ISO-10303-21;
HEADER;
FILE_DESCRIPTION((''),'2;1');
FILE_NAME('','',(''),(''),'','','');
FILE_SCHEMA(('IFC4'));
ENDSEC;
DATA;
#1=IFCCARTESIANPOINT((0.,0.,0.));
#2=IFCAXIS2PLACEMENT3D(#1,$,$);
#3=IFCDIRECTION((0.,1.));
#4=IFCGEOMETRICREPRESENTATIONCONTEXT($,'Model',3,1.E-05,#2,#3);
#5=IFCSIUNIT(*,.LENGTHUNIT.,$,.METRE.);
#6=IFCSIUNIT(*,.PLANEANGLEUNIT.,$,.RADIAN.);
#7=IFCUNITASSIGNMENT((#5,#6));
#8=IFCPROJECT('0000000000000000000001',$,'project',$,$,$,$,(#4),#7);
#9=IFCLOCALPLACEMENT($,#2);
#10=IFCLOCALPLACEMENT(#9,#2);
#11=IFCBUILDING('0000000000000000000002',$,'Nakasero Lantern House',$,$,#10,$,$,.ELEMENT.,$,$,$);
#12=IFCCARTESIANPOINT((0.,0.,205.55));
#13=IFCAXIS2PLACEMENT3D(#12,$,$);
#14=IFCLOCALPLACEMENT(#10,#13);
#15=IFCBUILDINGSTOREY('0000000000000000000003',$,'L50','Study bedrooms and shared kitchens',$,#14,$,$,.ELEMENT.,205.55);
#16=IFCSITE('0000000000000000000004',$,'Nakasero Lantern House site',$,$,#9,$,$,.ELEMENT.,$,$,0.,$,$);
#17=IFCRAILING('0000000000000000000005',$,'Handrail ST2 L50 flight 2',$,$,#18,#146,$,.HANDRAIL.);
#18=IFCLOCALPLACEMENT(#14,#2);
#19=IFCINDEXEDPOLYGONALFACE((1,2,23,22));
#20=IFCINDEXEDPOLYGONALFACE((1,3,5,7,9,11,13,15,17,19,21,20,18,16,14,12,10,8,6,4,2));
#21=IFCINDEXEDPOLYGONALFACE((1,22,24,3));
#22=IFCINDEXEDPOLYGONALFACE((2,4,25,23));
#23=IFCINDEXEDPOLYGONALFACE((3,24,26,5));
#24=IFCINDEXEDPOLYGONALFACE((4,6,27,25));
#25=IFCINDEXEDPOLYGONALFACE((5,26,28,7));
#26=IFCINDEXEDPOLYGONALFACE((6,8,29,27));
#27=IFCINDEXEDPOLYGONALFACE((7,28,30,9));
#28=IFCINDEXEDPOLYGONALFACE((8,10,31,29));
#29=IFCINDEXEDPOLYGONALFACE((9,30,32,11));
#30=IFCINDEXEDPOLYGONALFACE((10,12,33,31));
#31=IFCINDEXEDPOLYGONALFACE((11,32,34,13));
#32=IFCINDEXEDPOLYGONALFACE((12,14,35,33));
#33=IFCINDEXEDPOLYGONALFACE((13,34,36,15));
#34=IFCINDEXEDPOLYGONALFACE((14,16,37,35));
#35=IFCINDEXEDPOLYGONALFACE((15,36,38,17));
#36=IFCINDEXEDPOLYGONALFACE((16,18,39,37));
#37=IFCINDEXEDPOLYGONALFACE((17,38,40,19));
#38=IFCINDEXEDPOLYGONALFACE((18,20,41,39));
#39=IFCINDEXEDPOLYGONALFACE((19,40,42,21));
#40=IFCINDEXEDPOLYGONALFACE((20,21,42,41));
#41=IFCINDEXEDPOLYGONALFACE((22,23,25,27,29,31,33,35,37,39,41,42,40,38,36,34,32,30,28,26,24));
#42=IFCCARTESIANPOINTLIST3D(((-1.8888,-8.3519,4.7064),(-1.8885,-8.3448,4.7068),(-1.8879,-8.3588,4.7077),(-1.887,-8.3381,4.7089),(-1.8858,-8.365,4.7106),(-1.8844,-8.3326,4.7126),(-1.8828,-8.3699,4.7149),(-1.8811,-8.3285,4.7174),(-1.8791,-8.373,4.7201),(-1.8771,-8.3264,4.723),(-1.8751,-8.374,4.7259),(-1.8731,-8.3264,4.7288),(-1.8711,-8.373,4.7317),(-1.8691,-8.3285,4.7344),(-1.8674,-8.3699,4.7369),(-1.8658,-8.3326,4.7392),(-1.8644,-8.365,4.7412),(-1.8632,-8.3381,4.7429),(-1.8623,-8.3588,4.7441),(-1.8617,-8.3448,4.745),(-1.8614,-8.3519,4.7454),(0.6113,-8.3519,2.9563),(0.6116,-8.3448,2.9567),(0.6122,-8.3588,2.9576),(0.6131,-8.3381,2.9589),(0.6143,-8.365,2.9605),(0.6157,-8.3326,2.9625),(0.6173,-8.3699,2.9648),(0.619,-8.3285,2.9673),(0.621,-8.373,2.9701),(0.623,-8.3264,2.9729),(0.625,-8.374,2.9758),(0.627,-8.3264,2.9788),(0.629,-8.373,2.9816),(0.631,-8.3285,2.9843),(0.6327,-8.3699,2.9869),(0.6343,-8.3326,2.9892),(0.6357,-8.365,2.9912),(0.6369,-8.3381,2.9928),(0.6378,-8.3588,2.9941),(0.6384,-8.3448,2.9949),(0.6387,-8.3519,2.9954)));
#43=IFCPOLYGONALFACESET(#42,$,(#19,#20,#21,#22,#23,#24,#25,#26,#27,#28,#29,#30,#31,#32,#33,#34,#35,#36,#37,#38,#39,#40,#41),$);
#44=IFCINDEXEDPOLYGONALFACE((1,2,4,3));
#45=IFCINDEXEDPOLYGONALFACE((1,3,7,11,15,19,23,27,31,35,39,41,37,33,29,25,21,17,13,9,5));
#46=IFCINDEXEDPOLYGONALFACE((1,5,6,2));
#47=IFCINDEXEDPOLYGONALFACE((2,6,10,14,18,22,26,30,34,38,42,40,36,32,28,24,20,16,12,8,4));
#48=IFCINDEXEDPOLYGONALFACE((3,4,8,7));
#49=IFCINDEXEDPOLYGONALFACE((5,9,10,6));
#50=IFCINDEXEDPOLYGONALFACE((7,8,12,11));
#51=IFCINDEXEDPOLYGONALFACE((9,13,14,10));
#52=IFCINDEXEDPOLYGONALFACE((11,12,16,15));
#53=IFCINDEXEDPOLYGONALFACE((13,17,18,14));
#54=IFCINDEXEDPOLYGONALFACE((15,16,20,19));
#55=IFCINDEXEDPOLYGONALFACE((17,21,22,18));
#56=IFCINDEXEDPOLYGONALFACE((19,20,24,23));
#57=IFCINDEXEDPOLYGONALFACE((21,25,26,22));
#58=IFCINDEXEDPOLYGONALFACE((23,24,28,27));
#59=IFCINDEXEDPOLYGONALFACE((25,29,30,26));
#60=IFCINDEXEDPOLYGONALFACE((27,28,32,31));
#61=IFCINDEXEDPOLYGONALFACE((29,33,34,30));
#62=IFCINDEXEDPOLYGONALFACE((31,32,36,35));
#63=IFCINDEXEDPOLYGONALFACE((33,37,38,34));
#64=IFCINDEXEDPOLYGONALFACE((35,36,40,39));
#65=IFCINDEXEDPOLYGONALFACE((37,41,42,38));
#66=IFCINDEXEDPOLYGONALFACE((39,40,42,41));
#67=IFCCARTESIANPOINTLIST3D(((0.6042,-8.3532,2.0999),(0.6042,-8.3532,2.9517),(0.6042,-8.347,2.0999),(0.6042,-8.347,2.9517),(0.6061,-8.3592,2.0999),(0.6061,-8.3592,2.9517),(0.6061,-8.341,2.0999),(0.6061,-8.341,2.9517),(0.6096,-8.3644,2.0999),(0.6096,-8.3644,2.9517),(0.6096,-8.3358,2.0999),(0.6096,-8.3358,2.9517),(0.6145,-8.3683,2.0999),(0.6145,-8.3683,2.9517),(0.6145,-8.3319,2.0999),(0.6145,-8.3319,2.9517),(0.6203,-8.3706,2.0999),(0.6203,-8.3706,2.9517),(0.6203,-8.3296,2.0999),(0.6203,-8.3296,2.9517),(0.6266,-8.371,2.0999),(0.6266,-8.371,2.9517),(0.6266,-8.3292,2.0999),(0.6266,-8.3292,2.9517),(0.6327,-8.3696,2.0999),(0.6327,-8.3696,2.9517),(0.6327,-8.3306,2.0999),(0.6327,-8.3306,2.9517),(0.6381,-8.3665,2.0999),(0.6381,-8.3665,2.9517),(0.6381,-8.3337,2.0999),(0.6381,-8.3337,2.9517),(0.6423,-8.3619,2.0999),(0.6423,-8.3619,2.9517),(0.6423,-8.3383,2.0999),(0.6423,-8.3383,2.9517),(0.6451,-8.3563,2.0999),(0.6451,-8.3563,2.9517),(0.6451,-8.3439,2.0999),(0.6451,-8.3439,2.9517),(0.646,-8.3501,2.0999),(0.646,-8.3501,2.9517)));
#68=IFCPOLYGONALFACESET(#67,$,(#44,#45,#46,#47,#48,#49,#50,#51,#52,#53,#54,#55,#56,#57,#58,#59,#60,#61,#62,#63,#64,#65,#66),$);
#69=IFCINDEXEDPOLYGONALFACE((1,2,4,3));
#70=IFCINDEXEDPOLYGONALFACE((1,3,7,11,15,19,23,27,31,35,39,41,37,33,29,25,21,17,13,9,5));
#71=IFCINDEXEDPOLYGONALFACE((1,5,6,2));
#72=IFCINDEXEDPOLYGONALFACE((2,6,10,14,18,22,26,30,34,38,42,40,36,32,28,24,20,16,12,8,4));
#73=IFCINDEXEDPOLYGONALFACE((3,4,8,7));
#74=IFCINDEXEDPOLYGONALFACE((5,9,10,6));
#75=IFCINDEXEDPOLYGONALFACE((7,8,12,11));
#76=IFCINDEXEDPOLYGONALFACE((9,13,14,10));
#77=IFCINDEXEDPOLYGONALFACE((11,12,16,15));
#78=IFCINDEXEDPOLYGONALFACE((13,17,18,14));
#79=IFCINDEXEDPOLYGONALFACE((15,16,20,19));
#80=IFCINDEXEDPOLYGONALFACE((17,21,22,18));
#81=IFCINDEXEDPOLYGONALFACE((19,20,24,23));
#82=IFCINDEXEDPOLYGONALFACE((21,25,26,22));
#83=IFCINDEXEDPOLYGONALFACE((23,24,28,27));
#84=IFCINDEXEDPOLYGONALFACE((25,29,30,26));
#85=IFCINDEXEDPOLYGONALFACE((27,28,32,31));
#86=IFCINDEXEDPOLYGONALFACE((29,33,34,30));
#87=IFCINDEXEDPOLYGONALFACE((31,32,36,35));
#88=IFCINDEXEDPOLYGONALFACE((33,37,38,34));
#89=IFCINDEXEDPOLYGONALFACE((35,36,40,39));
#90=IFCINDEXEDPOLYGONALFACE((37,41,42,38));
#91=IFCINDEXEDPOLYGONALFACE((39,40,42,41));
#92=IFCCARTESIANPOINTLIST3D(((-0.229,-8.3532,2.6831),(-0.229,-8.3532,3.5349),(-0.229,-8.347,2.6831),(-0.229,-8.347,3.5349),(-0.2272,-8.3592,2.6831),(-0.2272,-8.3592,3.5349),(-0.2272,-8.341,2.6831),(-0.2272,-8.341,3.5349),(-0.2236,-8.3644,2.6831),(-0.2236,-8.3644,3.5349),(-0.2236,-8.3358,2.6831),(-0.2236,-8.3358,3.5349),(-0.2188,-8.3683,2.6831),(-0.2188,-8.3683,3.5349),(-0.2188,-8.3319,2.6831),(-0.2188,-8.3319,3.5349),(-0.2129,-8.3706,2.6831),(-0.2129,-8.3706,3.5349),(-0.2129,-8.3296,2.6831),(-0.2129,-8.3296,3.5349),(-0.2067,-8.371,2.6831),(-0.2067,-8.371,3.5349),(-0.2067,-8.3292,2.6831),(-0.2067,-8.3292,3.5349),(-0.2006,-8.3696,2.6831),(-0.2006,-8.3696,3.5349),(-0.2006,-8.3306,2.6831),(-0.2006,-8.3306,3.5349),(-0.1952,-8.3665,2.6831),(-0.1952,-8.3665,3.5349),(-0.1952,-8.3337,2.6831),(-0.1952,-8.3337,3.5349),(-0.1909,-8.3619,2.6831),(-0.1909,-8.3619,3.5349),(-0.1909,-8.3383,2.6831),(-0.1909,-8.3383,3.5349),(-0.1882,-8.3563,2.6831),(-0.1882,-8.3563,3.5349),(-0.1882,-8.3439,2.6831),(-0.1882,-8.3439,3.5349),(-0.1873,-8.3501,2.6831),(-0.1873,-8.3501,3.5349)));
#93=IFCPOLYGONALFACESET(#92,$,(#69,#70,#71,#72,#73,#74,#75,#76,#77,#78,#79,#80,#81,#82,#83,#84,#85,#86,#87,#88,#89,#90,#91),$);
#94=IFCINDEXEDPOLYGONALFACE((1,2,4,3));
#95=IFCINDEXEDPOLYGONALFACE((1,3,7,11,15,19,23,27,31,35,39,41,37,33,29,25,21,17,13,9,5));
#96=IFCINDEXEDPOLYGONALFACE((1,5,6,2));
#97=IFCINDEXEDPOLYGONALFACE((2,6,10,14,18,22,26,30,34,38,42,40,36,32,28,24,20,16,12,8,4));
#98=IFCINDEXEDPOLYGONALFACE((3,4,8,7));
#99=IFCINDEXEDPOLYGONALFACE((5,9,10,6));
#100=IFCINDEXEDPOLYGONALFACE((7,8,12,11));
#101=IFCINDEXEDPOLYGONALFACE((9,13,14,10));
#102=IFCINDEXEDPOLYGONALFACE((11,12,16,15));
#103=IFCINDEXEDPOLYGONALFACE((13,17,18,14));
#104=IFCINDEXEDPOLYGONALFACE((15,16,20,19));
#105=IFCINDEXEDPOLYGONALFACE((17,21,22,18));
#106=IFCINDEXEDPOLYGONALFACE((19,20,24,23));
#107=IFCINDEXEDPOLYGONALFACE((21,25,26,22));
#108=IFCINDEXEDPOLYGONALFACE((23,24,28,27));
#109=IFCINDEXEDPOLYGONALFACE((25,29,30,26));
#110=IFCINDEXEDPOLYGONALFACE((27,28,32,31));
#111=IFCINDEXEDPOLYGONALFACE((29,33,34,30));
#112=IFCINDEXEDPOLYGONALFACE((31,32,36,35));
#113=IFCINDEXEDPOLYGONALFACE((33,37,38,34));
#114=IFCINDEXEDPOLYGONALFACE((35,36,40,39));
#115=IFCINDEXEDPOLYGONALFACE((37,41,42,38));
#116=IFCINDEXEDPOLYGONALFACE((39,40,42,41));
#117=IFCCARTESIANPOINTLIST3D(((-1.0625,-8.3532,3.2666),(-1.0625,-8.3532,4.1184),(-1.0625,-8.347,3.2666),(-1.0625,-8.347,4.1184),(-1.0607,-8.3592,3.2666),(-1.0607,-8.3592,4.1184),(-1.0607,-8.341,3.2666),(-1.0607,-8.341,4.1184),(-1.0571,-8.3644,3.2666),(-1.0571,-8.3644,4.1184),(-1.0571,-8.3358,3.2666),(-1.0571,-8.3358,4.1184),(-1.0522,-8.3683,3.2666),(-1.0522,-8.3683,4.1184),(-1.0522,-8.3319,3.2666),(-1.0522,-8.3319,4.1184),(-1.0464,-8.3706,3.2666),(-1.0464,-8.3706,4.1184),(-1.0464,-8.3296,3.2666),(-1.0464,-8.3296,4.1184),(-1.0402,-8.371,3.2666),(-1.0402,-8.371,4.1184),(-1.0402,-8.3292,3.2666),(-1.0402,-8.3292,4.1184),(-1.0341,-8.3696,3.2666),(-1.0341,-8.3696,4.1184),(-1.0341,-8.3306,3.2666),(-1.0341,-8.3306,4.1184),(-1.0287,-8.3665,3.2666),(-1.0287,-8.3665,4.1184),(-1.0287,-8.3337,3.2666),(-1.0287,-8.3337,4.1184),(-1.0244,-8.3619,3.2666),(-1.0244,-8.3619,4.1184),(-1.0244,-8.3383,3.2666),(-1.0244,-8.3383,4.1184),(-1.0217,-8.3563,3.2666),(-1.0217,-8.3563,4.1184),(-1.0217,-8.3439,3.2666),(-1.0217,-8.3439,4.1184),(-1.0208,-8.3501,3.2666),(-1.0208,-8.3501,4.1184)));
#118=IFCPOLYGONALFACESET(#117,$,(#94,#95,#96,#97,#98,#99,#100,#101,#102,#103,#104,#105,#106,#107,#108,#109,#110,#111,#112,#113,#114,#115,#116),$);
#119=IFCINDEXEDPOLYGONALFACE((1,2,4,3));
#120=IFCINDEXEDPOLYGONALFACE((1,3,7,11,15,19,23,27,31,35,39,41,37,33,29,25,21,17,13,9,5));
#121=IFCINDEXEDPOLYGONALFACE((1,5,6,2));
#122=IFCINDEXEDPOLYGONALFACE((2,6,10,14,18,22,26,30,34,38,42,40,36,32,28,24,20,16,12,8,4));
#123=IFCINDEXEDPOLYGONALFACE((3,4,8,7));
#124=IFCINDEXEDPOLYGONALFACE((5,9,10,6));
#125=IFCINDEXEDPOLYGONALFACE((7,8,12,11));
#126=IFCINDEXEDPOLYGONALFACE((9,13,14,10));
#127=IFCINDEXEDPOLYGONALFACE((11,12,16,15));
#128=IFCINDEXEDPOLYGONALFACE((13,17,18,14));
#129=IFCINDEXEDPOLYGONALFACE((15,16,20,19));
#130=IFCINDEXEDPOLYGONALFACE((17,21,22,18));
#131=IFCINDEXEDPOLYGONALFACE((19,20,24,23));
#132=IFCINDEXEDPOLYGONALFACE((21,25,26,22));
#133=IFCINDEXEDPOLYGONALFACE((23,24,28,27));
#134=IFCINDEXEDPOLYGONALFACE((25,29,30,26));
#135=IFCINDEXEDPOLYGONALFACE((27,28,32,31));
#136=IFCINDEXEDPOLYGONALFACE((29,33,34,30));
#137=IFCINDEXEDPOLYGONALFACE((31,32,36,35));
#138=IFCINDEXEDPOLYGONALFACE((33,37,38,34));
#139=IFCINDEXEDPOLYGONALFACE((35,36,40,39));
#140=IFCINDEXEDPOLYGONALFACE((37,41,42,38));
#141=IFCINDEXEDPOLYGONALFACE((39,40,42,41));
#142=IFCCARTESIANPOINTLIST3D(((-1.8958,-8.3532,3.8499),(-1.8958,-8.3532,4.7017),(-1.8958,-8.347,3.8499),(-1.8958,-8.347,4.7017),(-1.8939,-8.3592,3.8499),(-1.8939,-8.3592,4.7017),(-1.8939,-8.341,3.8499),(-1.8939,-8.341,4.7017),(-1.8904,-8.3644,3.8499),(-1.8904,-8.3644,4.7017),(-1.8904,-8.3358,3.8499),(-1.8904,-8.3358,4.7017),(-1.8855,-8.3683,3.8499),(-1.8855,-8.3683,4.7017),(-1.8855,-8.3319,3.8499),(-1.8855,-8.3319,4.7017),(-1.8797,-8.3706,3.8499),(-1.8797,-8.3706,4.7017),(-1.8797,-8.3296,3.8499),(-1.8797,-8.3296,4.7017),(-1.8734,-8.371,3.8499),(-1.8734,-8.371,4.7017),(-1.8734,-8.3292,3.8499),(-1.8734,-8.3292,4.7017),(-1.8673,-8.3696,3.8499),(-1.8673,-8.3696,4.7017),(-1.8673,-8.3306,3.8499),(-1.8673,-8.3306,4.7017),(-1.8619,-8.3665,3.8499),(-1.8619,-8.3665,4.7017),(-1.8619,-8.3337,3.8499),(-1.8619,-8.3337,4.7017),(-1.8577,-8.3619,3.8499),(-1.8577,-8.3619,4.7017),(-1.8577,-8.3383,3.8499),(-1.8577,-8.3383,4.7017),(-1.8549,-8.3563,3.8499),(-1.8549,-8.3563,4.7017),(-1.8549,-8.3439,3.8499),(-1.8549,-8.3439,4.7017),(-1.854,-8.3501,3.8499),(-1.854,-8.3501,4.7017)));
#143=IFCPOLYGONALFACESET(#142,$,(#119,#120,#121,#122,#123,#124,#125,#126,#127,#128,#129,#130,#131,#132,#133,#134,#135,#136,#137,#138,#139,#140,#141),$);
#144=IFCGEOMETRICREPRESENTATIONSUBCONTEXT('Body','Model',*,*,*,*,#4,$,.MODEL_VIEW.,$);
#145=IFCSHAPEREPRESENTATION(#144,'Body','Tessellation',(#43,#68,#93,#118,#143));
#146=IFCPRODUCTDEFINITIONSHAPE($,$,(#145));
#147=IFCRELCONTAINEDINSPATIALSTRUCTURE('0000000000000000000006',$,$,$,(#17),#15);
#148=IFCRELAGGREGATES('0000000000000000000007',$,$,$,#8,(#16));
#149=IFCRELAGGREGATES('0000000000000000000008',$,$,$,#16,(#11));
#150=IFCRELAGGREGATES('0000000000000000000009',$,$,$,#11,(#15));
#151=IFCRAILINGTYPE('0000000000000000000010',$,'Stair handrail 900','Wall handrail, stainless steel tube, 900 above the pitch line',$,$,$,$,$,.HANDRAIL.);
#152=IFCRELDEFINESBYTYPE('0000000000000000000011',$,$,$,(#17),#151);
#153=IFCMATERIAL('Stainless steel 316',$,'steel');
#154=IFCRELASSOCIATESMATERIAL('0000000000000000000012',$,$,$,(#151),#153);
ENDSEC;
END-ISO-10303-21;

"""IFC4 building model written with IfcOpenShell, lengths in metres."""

from ifc_helpers import new_model, si_unit, direction, frame, origin, origin_2d, place, context, subcontext, project, spatial, circle, extrude, material, type_object, element, save


model = new_model("IFC4")

# Units and contexts
model_context = context("Model", 3, precision=1e-05, world=origin(), true_north=direction((0.0, 1.0)))
body_context = subcontext(model_context, "Body", "Model", "MODEL_VIEW")
ifc_project = project(units=[si_unit("LENGTHUNIT", "METRE"), si_unit("PLANEANGLEUNIT", "RADIAN")], contexts=[model_context])

# Site, building, storey
site_placement = place(None, origin())
site = spatial("IfcSite", under=ifc_project, at=site_placement, Name="Nakasero Lantern House site", CompositionType="ELEMENT", RefElevation=0.0)
building_placement = place(site_placement, origin())
building = spatial("IfcBuilding", under=site, at=building_placement, Name="Nakasero Lantern House", CompositionType="ELEMENT")
storey_placement = place(building_placement, frame((0.0, 0.0, 205.55)))
storey = spatial("IfcBuildingStorey", under=building, at=storey_placement, Name="L50", Description="Study bedrooms and shared kitchens", CompositionType="ELEMENT", Elevation=205.55)

# Railing
ifc_material_1 = material(Name="Stainless steel 316", Category="steel")
railing_type = type_object("IfcRailingType", Name="Stair handrail 900", Description="Wall handrail, stainless steel tube, 900 above the pitch line", PredefinedType="HANDRAIL", material=ifc_material_1)
railing_placement = place(storey_placement, frame((0.625, -8.3501, 2.0999)))
element("IfcRailing", 1, at=railing_placement, inside=storey, type_object=railing_type, Name="Handrail ST2 L50 flight 2", PredefinedType="HANDRAIL", context=body_context, shape_type="SweptSolid", body=[
    extrude(circle(Radius=0.0239, at=origin_2d()), frame((0.0, 0.0, 0.876), z_axis=(-0.819232, 0.0, 0.573462), x_axis=(0.0, -1.0, 0.0)), (0.0, 0.0, 1.0), 3.0518),
    extrude(circle(Radius=0.021, at=origin_2d()), origin(), (0.0, 0.0, 1.0), 0.8518),
    extrude(circle(Radius=0.021, at=origin_2d()), frame((-0.8333, 0.0, 0.5833)), (0.0, 0.0, 1.0), 0.8518),
    extrude(circle(Radius=0.021, at=origin_2d()), frame((-1.6667, 0.0, 1.1667)), (0.0, 0.0, 1.0), 0.8518),
    extrude(circle(Radius=0.021, at=origin_2d()), frame((-2.5, 0.0, 1.75)), (0.0, 0.0, 1.0), 0.8518),
])

save(model, "model.ifc")
